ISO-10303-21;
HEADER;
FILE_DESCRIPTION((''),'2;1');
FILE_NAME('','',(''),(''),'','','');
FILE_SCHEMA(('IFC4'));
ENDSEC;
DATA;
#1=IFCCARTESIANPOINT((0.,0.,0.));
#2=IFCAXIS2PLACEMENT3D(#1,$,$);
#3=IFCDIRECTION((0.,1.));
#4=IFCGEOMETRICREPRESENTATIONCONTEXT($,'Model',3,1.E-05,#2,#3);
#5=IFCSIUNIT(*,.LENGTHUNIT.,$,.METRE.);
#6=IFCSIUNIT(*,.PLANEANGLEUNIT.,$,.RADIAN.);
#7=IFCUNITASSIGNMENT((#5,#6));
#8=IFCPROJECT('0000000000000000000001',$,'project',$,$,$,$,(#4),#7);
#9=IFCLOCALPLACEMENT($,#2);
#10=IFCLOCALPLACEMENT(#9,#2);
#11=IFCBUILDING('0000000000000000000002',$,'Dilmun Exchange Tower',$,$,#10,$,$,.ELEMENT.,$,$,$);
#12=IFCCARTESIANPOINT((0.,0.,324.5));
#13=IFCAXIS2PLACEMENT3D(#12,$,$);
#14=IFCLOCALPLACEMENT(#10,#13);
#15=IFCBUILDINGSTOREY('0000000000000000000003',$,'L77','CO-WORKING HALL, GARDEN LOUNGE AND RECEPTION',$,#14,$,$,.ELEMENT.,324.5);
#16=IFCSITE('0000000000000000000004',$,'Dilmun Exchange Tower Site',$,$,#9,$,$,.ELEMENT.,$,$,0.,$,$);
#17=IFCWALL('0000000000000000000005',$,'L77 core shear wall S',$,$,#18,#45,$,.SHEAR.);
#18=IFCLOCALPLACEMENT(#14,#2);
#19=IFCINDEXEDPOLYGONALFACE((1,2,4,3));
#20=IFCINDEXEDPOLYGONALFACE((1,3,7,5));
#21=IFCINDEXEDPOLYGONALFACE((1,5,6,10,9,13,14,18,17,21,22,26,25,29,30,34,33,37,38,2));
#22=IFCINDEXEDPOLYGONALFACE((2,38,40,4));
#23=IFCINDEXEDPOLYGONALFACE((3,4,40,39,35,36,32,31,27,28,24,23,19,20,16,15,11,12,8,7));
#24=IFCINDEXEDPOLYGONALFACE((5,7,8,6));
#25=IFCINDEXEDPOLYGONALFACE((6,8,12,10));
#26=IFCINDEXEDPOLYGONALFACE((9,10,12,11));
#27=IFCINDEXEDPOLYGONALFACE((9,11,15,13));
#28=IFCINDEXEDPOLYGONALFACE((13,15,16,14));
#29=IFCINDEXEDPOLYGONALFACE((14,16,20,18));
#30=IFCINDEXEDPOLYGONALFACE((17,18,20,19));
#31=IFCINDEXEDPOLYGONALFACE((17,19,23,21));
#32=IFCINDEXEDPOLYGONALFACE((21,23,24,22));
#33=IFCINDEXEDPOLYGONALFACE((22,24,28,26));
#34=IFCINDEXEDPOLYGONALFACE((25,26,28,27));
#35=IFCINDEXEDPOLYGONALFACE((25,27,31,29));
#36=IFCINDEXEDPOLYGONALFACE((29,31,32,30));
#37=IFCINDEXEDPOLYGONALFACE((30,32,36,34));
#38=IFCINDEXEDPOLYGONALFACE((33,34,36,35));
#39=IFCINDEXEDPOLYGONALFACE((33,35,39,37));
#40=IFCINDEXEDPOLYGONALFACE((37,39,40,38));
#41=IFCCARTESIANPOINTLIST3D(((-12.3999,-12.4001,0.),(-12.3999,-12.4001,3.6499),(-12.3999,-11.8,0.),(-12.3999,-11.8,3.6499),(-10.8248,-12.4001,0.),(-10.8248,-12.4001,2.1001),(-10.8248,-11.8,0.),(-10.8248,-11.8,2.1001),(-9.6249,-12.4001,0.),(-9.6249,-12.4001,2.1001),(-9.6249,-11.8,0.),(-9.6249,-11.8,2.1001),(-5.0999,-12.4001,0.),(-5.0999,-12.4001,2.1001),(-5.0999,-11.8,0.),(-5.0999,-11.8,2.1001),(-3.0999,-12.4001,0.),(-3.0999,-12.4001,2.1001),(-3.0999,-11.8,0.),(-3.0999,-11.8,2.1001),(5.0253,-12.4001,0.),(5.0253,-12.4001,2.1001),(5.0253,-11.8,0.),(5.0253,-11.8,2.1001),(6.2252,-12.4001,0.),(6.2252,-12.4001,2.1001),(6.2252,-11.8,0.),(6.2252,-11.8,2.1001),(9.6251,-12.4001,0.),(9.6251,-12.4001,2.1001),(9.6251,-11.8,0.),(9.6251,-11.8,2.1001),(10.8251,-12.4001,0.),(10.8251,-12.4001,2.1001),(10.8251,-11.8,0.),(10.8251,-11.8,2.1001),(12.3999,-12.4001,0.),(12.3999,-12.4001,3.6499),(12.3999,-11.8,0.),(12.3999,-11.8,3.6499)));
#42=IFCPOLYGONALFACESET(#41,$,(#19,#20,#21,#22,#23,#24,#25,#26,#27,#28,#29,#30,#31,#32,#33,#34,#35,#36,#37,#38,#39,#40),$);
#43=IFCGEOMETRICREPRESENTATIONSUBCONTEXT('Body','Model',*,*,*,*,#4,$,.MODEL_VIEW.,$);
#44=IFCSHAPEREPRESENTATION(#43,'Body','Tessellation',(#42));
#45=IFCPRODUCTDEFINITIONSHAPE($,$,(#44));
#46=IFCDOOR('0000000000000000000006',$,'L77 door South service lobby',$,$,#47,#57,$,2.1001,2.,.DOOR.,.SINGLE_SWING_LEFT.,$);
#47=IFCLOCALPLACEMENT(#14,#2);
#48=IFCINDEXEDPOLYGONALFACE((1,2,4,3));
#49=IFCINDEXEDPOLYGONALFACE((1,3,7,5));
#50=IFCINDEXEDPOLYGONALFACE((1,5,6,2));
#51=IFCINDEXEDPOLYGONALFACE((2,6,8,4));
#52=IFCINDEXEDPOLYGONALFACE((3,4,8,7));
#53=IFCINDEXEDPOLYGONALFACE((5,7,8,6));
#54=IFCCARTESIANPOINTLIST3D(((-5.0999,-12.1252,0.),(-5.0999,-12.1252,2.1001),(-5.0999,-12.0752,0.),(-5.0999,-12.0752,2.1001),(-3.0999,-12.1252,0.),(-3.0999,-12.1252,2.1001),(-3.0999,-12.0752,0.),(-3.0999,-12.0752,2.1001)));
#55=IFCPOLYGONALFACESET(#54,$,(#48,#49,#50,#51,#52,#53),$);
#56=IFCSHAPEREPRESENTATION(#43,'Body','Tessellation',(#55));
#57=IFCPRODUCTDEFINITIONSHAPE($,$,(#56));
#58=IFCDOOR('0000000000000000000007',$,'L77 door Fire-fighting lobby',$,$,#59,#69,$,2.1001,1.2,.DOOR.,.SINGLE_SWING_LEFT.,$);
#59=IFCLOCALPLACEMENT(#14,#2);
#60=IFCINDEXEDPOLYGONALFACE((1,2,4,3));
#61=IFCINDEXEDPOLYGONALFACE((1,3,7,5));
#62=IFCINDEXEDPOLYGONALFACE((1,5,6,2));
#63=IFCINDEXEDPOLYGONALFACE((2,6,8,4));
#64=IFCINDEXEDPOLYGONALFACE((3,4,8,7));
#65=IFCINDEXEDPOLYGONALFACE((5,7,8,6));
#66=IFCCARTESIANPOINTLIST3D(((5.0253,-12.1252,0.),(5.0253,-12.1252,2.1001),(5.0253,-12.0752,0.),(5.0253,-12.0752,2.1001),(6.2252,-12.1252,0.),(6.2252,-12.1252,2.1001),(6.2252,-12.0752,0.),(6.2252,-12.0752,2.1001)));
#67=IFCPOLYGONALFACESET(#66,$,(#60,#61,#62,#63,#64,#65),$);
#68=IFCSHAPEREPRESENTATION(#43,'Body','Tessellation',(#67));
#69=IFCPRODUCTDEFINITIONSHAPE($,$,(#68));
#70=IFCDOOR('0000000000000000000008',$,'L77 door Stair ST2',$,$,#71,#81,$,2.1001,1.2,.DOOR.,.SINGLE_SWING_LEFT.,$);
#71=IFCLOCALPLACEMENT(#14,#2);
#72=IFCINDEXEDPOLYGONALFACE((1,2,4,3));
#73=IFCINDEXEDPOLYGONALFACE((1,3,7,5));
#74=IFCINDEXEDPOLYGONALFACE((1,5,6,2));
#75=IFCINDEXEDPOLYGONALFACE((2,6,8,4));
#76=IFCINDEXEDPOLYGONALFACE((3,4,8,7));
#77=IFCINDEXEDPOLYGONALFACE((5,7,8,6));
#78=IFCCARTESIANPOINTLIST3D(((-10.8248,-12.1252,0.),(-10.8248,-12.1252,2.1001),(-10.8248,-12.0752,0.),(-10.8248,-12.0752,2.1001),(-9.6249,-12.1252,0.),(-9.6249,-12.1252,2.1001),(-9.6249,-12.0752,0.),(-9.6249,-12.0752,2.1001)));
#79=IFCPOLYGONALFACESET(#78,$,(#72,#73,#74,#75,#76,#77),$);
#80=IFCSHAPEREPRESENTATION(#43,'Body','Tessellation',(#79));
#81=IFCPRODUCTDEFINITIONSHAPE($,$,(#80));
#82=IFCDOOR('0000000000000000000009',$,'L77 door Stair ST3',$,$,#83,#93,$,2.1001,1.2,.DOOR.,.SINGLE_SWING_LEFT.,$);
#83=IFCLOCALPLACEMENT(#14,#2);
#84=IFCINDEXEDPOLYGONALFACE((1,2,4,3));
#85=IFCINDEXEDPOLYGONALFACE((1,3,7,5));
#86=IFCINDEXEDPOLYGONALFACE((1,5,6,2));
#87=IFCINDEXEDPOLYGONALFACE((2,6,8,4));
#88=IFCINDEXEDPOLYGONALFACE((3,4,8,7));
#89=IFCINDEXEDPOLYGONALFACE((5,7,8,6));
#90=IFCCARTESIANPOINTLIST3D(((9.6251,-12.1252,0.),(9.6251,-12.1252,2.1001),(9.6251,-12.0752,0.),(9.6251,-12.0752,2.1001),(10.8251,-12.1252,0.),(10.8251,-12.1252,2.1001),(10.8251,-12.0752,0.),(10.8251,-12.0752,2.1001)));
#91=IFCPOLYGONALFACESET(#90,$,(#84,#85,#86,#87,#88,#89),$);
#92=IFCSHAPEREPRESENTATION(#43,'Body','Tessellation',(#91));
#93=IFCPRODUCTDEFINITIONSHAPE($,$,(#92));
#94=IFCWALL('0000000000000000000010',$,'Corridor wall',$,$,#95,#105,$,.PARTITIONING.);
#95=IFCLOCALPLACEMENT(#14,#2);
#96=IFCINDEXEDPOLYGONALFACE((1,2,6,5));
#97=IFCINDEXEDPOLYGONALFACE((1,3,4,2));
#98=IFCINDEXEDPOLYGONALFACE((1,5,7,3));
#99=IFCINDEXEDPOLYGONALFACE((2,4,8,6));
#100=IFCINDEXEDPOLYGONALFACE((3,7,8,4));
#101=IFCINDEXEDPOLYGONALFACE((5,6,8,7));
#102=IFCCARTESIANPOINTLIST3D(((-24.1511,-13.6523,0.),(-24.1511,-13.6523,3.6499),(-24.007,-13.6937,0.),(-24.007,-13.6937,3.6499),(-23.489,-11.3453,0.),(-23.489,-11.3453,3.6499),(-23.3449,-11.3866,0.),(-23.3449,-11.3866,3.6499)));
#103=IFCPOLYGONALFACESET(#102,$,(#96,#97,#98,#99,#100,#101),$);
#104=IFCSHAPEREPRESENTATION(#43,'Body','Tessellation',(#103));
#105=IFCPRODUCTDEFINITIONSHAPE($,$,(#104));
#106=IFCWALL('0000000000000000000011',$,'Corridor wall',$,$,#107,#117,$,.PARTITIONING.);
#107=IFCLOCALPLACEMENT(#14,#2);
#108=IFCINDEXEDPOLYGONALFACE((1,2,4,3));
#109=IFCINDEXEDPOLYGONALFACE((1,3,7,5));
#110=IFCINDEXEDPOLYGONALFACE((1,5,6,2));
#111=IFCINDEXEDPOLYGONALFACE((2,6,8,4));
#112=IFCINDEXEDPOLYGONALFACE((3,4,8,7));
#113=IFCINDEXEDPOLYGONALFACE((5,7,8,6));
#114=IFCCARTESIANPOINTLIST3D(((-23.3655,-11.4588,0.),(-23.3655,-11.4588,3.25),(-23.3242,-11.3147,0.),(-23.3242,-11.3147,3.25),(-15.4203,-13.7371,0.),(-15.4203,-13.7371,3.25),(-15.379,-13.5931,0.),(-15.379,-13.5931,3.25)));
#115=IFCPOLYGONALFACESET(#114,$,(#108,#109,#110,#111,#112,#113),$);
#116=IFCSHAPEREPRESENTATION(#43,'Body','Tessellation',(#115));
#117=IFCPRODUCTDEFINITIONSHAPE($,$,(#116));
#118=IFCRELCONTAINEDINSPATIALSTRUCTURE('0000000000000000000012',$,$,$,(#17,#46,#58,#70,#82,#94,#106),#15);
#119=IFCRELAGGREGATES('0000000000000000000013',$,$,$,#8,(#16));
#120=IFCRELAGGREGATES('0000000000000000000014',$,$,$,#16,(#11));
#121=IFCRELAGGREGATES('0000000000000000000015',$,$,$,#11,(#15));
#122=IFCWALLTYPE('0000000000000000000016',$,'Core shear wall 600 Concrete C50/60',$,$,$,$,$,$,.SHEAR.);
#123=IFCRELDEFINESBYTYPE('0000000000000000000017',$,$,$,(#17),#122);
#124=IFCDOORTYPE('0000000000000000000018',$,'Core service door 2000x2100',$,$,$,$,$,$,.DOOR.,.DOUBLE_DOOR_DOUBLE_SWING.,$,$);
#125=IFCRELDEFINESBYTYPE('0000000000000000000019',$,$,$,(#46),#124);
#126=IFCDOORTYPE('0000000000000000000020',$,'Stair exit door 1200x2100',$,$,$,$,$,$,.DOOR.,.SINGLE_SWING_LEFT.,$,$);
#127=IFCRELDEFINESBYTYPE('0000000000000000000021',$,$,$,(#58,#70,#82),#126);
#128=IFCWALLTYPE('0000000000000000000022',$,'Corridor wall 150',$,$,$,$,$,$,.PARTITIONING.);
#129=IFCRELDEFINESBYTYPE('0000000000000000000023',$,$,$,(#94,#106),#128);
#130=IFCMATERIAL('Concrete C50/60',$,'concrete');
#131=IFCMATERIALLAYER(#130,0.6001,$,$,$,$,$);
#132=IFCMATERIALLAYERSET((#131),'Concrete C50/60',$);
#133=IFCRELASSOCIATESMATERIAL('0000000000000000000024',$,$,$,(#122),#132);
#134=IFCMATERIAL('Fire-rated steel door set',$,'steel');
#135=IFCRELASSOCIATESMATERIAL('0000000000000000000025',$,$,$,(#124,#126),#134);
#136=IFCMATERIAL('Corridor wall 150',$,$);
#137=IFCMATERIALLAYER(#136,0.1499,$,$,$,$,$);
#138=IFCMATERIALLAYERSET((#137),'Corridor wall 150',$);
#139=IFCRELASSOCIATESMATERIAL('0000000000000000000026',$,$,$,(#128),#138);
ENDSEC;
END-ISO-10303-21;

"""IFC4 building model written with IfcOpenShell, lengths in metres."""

from ifc_helpers import new_model, si_unit, direction, frame, frame_2d, origin, place, context, subcontext, project, spatial, rectangle, extrude, material, layer, layer_set, type_object, element, fill, save


model = new_model("IFC4")

# Units and contexts
model_context = context("Model", 3, precision=1e-05, world=origin(), true_north=direction((0.0, 1.0)))
body_context = subcontext(model_context, "Body", "Model", "MODEL_VIEW")
ifc_project = project(units=[si_unit("LENGTHUNIT", "METRE"), si_unit("PLANEANGLEUNIT", "RADIAN")], contexts=[model_context])

# Site, building, storey
site_placement = place(None, origin())
site = spatial("IfcSite", under=ifc_project, at=site_placement, Name="Dilmun Exchange Tower Site", CompositionType="ELEMENT", RefElevation=0.0)
building_placement = place(site_placement, origin())
building = spatial("IfcBuilding", under=site, at=building_placement, Name="Dilmun Exchange Tower", CompositionType="ELEMENT")
storey_placement = place(building_placement, frame((0.0, 0.0, 324.5)))
storey = spatial("IfcBuildingStorey", under=building, at=storey_placement, Name="L77", Description="CO-WORKING HALL, GARDEN LOUNGE AND RECEPTION", CompositionType="ELEMENT", Elevation=324.5)

# Shared definitions
ifc_material_1 = material(Name="Concrete C50/60", Category="concrete")

# Wall, openings, doors
ifc_material_2 = material(Name="Fire-rated steel door set", Category="steel")
ifc_layer_1 = layer(ifc_material_1, 0.6001)
ifc_layer_set_1 = layer_set([ifc_layer_1], Name="Concrete C50/60")
wall_type_1 = type_object("IfcWallType", Name="Core shear wall 600 Concrete C50/60", PredefinedType="SHEAR", material=ifc_layer_set_1)
wall_1_placement = place(storey_placement, frame((-12.3999, -12.1001, 0.0), z_axis=(0.0, 0.0, 1.0), x_axis=(1.0, 0.0, 0.0)))
wall_1 = element("IfcWall", 1, at=wall_1_placement, inside=storey, type_object=wall_type_1, Name="L77 core shear wall S", PredefinedType="SHEAR", context=body_context, shape_type="SweptSolid", body=[
    extrude(rectangle(XDim=24.7998, YDim=0.6001, at=frame_2d((12.3999, 0.0))), origin(), (0.0, 0.0, 1.0), 3.6499),
])
opening_1_placement = place(wall_1_placement, frame((7.3, 0.0, 0.0)))
opening_1 = element("IfcOpeningElement", 2, at=opening_1_placement, cuts=wall_1, PredefinedType="OPENING", context=body_context, shape_type="SweptSolid", body=[
    extrude(rectangle(XDim=2.0, YDim=2.1001, at=frame_2d((1.0, 1.05))), frame((0.0, 0.3101, 0.0), z_axis=(0.0, -1.0, 0.0), x_axis=(1.0, 0.0, 0.0)), (0.0, 0.0, 1.0), 0.6201),
])
opening_2_placement = place(wall_1_placement, frame((17.425, 0.0, 0.0)))
opening_2 = element("IfcOpeningElement", 3, at=opening_2_placement, cuts=wall_1, PredefinedType="OPENING", context=body_context, shape_type="SweptSolid", body=[
    extrude(rectangle(XDim=1.2, YDim=2.1001, at=frame_2d((0.6001, 1.05))), frame((0.0, 0.3101, 0.0), z_axis=(0.0, -1.0, 0.0), x_axis=(1.0, 0.0, 0.0)), (0.0, 0.0, 1.0), 0.6201),
])
opening_3_placement = place(wall_1_placement, frame((1.575, 0.0, 0.0)))
opening_3 = element("IfcOpeningElement", 4, at=opening_3_placement, cuts=wall_1, PredefinedType="OPENING", context=body_context, shape_type="SweptSolid", body=[
    extrude(rectangle(XDim=1.2, YDim=2.1001, at=frame_2d((0.6001, 1.05))), frame((0.0, 0.3101, 0.0), z_axis=(0.0, -1.0, 0.0), x_axis=(1.0, 0.0, 0.0)), (0.0, 0.0, 1.0), 0.6201),
])
opening_4_placement = place(wall_1_placement, frame((22.0249, 0.0, 0.0)))
opening_4 = element("IfcOpeningElement", 5, at=opening_4_placement, cuts=wall_1, PredefinedType="OPENING", context=body_context, shape_type="SweptSolid", body=[
    extrude(rectangle(XDim=1.2, YDim=2.1001, at=frame_2d((0.6001, 1.05))), frame((0.0, 0.3101, 0.0), z_axis=(0.0, -1.0, 0.0), x_axis=(1.0, 0.0, 0.0)), (0.0, 0.0, 1.0), 0.6201),
])
door_type_1 = type_object("IfcDoorType", Name="Core service door 2000x2100", OperationType="DOUBLE_DOOR_DOUBLE_SWING", PredefinedType="DOOR", material=ifc_material_2)
door_1_placement = place(opening_1_placement, origin())
door_1 = element("IfcDoor", 6, at=door_1_placement, inside=storey, type_object=door_type_1, Name="L77 door South service lobby", OperationType="SINGLE_SWING_LEFT", OverallHeight=2.1001, OverallWidth=2.0, PredefinedType="DOOR", context=body_context, shape_type="SweptSolid", body=[
    extrude(rectangle(XDim=2.0, YDim=2.1001, at=frame_2d((1.0, 1.05))), frame((0.0, 0.0249, 0.0), z_axis=(0.0, -1.0, 0.0), x_axis=(1.0, 0.0, 0.0)), (0.0, 0.0, 1.0), 0.05),
])
fill(opening_1, door_1)
door_type_2 = type_object("IfcDoorType", Name="Stair exit door 1200x2100", OperationType="SINGLE_SWING_LEFT", PredefinedType="DOOR", material=ifc_material_2)
door_2_placement = place(opening_2_placement, origin())
door_2 = element("IfcDoor", 7, at=door_2_placement, inside=storey, type_object=door_type_2, Name="L77 door Fire-fighting lobby", OperationType="SINGLE_SWING_LEFT", OverallHeight=2.1001, OverallWidth=1.2, PredefinedType="DOOR", context=body_context, shape_type="SweptSolid", body=[
    extrude(rectangle(XDim=1.2, YDim=2.1001, at=frame_2d((0.6001, 1.05))), frame((0.0, 0.0249, 0.0), z_axis=(0.0, -1.0, 0.0), x_axis=(1.0, 0.0, 0.0)), (0.0, 0.0, 1.0), 0.05),
])
fill(opening_2, door_2)
door_3_placement = place(opening_3_placement, origin())
door_3 = element("IfcDoor", 8, at=door_3_placement, inside=storey, type_object=door_type_2, Name="L77 door Stair ST2", OperationType="SINGLE_SWING_LEFT", OverallHeight=2.1001, OverallWidth=1.2, PredefinedType="DOOR", context=body_context, shape_type="SweptSolid", body=[
    extrude(rectangle(XDim=1.2, YDim=2.1001, at=frame_2d((0.6001, 1.05))), frame((0.0, 0.0249, 0.0), z_axis=(0.0, -1.0, 0.0), x_axis=(1.0, 0.0, 0.0)), (0.0, 0.0, 1.0), 0.05),
])
fill(opening_3, door_3)
door_4_placement = place(opening_4_placement, origin())
door_4 = element("IfcDoor", 9, at=door_4_placement, inside=storey, type_object=door_type_2, Name="L77 door Stair ST3", OperationType="SINGLE_SWING_LEFT", OverallHeight=2.1001, OverallWidth=1.2, PredefinedType="DOOR", context=body_context, shape_type="SweptSolid", body=[
    extrude(rectangle(XDim=1.2, YDim=2.1001, at=frame_2d((0.6001, 1.05))), frame((0.0, 0.0249, 0.0), z_axis=(0.0, -1.0, 0.0), x_axis=(1.0, 0.0, 0.0)), (0.0, 0.0, 1.0), 0.05),
])
fill(opening_4, door_4)

# Walls
ifc_material_3 = material(Name="Corridor wall 150")
ifc_layer_2 = layer(ifc_material_3, 0.1499)
ifc_layer_set_2 = layer_set([ifc_layer_2], Name="Corridor wall 150")
wall_type_2 = type_object("IfcWallType", Name="Corridor wall 150", PredefinedType="PARTITIONING", material=ifc_layer_set_2)
wall_2_placement = place(storey_placement, frame((-24.0791, -13.6731, 0.0), z_axis=(0.0, 0.0, 1.0), x_axis=(0.275849, 0.961201, 0.0)))
element("IfcWall", 10, at=wall_2_placement, inside=storey, type_object=wall_type_2, Name="Corridor wall", PredefinedType="PARTITIONING", context=body_context, shape_type="SweptSolid", body=[
    extrude(rectangle(XDim=2.4001, YDim=0.1499, at=frame_2d((1.2002, 0.0))), origin(), (0.0, 0.0, 1.0), 3.6499),
])
wall_3_placement = place(storey_placement, frame((-23.345, -11.3867, 0.0), z_axis=(0.0, 0.0, 1.0), x_axis=(0.961258, -0.275649, 0.0)))
element("IfcWall", 11, at=wall_3_placement, inside=storey, type_object=wall_type_2, Name="Corridor wall", PredefinedType="PARTITIONING", context=body_context, shape_type="SweptSolid", body=[
    extrude(rectangle(XDim=8.2654, YDim=0.1499, at=frame_2d((4.1328, 0.0))), origin(), (0.0, 0.0, 1.0), 3.25),
])

save(model, "model.ifc")
